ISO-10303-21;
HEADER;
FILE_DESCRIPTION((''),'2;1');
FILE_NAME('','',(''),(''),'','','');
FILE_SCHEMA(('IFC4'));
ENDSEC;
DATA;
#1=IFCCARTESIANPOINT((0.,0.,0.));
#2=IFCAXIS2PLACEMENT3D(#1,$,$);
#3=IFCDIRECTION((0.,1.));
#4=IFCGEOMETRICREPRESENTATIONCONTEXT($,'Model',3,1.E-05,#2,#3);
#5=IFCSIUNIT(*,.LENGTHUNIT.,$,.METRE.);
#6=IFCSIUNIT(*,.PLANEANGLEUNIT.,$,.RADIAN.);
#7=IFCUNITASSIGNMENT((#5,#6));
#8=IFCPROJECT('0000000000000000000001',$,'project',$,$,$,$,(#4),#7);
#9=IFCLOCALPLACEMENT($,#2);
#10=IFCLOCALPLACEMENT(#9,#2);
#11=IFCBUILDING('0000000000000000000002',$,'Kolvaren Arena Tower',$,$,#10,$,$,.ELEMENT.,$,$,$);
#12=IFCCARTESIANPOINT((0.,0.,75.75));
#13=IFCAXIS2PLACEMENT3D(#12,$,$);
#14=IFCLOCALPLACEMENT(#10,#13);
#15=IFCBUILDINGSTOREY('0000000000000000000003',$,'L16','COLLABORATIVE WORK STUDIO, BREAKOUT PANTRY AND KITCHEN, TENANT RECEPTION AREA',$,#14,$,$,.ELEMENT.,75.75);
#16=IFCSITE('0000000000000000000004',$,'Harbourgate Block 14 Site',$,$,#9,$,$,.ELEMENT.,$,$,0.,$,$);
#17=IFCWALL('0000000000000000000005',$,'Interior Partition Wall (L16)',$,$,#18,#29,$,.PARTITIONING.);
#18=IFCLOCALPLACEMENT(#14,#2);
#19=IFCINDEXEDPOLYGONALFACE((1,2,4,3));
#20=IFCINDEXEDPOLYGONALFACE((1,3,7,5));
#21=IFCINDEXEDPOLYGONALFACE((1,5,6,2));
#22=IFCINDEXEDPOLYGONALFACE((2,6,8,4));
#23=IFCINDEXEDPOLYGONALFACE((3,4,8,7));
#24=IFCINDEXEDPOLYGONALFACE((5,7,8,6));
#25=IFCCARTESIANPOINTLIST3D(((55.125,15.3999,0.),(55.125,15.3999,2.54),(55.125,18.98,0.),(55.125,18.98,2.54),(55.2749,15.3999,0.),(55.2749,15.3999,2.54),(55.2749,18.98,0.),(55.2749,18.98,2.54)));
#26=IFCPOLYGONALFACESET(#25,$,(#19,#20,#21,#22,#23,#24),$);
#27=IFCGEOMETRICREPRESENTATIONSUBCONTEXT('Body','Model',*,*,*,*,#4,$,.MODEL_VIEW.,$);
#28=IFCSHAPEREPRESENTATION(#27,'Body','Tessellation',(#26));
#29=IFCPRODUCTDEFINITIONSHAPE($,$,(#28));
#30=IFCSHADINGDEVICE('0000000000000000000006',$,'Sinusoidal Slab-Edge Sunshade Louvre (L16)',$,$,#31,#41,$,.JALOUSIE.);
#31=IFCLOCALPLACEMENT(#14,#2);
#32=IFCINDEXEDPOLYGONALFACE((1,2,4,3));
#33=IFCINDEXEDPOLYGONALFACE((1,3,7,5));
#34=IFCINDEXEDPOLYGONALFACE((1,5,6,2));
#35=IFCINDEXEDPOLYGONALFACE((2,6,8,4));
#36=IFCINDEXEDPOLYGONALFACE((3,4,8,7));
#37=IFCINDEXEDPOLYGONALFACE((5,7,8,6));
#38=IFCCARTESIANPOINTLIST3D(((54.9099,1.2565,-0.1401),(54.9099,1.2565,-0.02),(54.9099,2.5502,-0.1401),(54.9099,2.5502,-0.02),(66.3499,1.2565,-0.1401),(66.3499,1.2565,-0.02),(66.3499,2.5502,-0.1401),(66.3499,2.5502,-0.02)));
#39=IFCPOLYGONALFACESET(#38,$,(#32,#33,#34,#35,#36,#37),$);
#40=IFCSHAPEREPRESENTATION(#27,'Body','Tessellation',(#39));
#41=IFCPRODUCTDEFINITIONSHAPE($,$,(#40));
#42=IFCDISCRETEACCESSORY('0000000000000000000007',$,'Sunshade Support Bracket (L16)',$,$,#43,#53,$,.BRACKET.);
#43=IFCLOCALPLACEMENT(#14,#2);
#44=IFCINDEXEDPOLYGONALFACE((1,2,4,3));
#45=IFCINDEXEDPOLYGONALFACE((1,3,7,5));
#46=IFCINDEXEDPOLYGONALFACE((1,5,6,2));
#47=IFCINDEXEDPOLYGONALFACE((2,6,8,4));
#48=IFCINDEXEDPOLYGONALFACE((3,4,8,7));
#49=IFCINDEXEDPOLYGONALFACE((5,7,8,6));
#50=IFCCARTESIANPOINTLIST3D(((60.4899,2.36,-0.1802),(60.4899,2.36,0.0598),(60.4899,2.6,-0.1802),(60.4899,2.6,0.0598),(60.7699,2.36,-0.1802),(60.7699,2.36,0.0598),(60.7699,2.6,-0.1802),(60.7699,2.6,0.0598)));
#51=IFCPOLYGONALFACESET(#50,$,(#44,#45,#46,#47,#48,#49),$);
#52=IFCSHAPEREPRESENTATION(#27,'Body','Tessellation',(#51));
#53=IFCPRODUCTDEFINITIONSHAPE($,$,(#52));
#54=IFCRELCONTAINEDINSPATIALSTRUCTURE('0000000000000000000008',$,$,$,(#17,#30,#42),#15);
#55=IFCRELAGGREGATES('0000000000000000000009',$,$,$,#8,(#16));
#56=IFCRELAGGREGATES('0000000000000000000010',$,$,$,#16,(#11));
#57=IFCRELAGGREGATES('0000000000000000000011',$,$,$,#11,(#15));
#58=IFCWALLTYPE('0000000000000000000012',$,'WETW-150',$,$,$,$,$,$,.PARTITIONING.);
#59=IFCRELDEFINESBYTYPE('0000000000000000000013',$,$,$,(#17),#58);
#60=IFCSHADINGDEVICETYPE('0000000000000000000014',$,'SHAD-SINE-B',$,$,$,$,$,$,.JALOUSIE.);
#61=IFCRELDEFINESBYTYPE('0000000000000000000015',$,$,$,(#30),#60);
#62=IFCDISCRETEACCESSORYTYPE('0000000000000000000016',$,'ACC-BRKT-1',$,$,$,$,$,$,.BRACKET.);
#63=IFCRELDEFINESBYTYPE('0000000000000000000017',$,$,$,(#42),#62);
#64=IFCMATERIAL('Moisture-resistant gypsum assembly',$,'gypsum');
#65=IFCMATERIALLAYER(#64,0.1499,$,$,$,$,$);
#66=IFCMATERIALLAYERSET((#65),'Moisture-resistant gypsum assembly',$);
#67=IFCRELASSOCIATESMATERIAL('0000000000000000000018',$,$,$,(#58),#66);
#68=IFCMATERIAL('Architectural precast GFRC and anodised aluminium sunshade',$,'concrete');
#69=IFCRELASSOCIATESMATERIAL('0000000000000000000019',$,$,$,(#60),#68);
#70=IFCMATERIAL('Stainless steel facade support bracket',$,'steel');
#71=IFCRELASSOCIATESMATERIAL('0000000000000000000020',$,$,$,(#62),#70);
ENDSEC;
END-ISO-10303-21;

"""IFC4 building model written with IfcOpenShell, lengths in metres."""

from ifc_helpers import new_model, si_unit, direction, frame, frame_2d, origin, origin_2d, place, context, subcontext, project, spatial, rectangle, extrude, material, layer, layer_set, type_object, element, save


model = new_model("IFC4")

# Units and contexts
model_context = context("Model", 3, precision=1e-05, world=origin(), true_north=direction((0.0, 1.0)))
body_context = subcontext(model_context, "Body", "Model", "MODEL_VIEW")
ifc_project = project(units=[si_unit("LENGTHUNIT", "METRE"), si_unit("PLANEANGLEUNIT", "RADIAN")], contexts=[model_context])

# Site, building, storey
site_placement = place(None, origin())
site = spatial("IfcSite", under=ifc_project, at=site_placement, Name="Harbourgate Block 14 Site", CompositionType="ELEMENT", RefElevation=0.0)
building_placement = place(site_placement, origin())
building = spatial("IfcBuilding", under=site, at=building_placement, Name="Kolvaren Arena Tower", CompositionType="ELEMENT")
storey_placement = place(building_placement, frame((0.0, 0.0, 75.75)))
storey = spatial("IfcBuildingStorey", under=building, at=storey_placement, Name="L16", Description="COLLABORATIVE WORK STUDIO, BREAKOUT PANTRY AND KITCHEN, TENANT RECEPTION AREA", CompositionType="ELEMENT", Elevation=75.75)

# Wall
ifc_material_1 = material(Name="Moisture-resistant gypsum assembly", Category="gypsum")
ifc_layer_1 = layer(ifc_material_1, 0.1499)
ifc_layer_set_1 = layer_set([ifc_layer_1], Name="Moisture-resistant gypsum assembly")
wall_type_1 = type_object("IfcWallType", Name="WETW-150", PredefinedType="PARTITIONING", material=ifc_layer_set_1)
wall_1_placement = place(storey_placement, frame((55.2, 15.3999, 0.0), z_axis=(0.0, 0.0, 1.0), x_axis=(0.0, 1.0, 0.0)))
element("IfcWall", 1, at=wall_1_placement, inside=storey, type_object=wall_type_1, Name="Interior Partition Wall (L16)", PredefinedType="PARTITIONING", context=body_context, shape_type="SweptSolid", body=[
    extrude(rectangle(XDim=3.5801, YDim=0.1499, at=frame_2d((1.79, 0.0))), origin(), (0.0, 0.0, 1.0), 2.54),
])

# Shading device
ifc_material_2 = material(Name="Architectural precast GFRC and anodised aluminium sunshade", Category="concrete")
shading_device_type = type_object("IfcShadingDeviceType", Name="SHAD-SINE-B", PredefinedType="JALOUSIE", material=ifc_material_2)
shading_device_placement = place(storey_placement, frame((60.6299, 1.9033, -0.1401), z_axis=(0.0, 0.0, 1.0), x_axis=(-1.0, 0.0, 0.0)))
element("IfcShadingDevice", 2, at=shading_device_placement, inside=storey, type_object=shading_device_type, Name="Sinusoidal Slab-Edge Sunshade Louvre (L16)", PredefinedType="JALOUSIE", context=body_context, shape_type="SweptSolid", body=[
    extrude(rectangle(XDim=11.4399, YDim=1.2937, at=origin_2d()), origin(), (0.0, 0.0, 1.0), 0.1201),
])

# Discrete accessory
ifc_material_3 = material(Name="Stainless steel facade support bracket", Category="steel")
discrete_accessory_type = type_object("IfcDiscreteAccessoryType", Name="ACC-BRKT-1", PredefinedType="BRACKET", material=ifc_material_3)
discrete_accessory_placement = place(storey_placement, frame((60.6299, 2.48, -0.1802), z_axis=(0.0, 0.0, 1.0), x_axis=(-1.0, 0.0, 0.0)))
element("IfcDiscreteAccessory", 3, at=discrete_accessory_placement, inside=storey, type_object=discrete_accessory_type, Name="Sunshade Support Bracket (L16)", PredefinedType="BRACKET", context=body_context, shape_type="SweptSolid", body=[
    extrude(rectangle(XDim=0.28, YDim=0.24, at=origin_2d()), origin(), (0.0, 0.0, 1.0), 0.24),
])

save(model, "model.ifc")
